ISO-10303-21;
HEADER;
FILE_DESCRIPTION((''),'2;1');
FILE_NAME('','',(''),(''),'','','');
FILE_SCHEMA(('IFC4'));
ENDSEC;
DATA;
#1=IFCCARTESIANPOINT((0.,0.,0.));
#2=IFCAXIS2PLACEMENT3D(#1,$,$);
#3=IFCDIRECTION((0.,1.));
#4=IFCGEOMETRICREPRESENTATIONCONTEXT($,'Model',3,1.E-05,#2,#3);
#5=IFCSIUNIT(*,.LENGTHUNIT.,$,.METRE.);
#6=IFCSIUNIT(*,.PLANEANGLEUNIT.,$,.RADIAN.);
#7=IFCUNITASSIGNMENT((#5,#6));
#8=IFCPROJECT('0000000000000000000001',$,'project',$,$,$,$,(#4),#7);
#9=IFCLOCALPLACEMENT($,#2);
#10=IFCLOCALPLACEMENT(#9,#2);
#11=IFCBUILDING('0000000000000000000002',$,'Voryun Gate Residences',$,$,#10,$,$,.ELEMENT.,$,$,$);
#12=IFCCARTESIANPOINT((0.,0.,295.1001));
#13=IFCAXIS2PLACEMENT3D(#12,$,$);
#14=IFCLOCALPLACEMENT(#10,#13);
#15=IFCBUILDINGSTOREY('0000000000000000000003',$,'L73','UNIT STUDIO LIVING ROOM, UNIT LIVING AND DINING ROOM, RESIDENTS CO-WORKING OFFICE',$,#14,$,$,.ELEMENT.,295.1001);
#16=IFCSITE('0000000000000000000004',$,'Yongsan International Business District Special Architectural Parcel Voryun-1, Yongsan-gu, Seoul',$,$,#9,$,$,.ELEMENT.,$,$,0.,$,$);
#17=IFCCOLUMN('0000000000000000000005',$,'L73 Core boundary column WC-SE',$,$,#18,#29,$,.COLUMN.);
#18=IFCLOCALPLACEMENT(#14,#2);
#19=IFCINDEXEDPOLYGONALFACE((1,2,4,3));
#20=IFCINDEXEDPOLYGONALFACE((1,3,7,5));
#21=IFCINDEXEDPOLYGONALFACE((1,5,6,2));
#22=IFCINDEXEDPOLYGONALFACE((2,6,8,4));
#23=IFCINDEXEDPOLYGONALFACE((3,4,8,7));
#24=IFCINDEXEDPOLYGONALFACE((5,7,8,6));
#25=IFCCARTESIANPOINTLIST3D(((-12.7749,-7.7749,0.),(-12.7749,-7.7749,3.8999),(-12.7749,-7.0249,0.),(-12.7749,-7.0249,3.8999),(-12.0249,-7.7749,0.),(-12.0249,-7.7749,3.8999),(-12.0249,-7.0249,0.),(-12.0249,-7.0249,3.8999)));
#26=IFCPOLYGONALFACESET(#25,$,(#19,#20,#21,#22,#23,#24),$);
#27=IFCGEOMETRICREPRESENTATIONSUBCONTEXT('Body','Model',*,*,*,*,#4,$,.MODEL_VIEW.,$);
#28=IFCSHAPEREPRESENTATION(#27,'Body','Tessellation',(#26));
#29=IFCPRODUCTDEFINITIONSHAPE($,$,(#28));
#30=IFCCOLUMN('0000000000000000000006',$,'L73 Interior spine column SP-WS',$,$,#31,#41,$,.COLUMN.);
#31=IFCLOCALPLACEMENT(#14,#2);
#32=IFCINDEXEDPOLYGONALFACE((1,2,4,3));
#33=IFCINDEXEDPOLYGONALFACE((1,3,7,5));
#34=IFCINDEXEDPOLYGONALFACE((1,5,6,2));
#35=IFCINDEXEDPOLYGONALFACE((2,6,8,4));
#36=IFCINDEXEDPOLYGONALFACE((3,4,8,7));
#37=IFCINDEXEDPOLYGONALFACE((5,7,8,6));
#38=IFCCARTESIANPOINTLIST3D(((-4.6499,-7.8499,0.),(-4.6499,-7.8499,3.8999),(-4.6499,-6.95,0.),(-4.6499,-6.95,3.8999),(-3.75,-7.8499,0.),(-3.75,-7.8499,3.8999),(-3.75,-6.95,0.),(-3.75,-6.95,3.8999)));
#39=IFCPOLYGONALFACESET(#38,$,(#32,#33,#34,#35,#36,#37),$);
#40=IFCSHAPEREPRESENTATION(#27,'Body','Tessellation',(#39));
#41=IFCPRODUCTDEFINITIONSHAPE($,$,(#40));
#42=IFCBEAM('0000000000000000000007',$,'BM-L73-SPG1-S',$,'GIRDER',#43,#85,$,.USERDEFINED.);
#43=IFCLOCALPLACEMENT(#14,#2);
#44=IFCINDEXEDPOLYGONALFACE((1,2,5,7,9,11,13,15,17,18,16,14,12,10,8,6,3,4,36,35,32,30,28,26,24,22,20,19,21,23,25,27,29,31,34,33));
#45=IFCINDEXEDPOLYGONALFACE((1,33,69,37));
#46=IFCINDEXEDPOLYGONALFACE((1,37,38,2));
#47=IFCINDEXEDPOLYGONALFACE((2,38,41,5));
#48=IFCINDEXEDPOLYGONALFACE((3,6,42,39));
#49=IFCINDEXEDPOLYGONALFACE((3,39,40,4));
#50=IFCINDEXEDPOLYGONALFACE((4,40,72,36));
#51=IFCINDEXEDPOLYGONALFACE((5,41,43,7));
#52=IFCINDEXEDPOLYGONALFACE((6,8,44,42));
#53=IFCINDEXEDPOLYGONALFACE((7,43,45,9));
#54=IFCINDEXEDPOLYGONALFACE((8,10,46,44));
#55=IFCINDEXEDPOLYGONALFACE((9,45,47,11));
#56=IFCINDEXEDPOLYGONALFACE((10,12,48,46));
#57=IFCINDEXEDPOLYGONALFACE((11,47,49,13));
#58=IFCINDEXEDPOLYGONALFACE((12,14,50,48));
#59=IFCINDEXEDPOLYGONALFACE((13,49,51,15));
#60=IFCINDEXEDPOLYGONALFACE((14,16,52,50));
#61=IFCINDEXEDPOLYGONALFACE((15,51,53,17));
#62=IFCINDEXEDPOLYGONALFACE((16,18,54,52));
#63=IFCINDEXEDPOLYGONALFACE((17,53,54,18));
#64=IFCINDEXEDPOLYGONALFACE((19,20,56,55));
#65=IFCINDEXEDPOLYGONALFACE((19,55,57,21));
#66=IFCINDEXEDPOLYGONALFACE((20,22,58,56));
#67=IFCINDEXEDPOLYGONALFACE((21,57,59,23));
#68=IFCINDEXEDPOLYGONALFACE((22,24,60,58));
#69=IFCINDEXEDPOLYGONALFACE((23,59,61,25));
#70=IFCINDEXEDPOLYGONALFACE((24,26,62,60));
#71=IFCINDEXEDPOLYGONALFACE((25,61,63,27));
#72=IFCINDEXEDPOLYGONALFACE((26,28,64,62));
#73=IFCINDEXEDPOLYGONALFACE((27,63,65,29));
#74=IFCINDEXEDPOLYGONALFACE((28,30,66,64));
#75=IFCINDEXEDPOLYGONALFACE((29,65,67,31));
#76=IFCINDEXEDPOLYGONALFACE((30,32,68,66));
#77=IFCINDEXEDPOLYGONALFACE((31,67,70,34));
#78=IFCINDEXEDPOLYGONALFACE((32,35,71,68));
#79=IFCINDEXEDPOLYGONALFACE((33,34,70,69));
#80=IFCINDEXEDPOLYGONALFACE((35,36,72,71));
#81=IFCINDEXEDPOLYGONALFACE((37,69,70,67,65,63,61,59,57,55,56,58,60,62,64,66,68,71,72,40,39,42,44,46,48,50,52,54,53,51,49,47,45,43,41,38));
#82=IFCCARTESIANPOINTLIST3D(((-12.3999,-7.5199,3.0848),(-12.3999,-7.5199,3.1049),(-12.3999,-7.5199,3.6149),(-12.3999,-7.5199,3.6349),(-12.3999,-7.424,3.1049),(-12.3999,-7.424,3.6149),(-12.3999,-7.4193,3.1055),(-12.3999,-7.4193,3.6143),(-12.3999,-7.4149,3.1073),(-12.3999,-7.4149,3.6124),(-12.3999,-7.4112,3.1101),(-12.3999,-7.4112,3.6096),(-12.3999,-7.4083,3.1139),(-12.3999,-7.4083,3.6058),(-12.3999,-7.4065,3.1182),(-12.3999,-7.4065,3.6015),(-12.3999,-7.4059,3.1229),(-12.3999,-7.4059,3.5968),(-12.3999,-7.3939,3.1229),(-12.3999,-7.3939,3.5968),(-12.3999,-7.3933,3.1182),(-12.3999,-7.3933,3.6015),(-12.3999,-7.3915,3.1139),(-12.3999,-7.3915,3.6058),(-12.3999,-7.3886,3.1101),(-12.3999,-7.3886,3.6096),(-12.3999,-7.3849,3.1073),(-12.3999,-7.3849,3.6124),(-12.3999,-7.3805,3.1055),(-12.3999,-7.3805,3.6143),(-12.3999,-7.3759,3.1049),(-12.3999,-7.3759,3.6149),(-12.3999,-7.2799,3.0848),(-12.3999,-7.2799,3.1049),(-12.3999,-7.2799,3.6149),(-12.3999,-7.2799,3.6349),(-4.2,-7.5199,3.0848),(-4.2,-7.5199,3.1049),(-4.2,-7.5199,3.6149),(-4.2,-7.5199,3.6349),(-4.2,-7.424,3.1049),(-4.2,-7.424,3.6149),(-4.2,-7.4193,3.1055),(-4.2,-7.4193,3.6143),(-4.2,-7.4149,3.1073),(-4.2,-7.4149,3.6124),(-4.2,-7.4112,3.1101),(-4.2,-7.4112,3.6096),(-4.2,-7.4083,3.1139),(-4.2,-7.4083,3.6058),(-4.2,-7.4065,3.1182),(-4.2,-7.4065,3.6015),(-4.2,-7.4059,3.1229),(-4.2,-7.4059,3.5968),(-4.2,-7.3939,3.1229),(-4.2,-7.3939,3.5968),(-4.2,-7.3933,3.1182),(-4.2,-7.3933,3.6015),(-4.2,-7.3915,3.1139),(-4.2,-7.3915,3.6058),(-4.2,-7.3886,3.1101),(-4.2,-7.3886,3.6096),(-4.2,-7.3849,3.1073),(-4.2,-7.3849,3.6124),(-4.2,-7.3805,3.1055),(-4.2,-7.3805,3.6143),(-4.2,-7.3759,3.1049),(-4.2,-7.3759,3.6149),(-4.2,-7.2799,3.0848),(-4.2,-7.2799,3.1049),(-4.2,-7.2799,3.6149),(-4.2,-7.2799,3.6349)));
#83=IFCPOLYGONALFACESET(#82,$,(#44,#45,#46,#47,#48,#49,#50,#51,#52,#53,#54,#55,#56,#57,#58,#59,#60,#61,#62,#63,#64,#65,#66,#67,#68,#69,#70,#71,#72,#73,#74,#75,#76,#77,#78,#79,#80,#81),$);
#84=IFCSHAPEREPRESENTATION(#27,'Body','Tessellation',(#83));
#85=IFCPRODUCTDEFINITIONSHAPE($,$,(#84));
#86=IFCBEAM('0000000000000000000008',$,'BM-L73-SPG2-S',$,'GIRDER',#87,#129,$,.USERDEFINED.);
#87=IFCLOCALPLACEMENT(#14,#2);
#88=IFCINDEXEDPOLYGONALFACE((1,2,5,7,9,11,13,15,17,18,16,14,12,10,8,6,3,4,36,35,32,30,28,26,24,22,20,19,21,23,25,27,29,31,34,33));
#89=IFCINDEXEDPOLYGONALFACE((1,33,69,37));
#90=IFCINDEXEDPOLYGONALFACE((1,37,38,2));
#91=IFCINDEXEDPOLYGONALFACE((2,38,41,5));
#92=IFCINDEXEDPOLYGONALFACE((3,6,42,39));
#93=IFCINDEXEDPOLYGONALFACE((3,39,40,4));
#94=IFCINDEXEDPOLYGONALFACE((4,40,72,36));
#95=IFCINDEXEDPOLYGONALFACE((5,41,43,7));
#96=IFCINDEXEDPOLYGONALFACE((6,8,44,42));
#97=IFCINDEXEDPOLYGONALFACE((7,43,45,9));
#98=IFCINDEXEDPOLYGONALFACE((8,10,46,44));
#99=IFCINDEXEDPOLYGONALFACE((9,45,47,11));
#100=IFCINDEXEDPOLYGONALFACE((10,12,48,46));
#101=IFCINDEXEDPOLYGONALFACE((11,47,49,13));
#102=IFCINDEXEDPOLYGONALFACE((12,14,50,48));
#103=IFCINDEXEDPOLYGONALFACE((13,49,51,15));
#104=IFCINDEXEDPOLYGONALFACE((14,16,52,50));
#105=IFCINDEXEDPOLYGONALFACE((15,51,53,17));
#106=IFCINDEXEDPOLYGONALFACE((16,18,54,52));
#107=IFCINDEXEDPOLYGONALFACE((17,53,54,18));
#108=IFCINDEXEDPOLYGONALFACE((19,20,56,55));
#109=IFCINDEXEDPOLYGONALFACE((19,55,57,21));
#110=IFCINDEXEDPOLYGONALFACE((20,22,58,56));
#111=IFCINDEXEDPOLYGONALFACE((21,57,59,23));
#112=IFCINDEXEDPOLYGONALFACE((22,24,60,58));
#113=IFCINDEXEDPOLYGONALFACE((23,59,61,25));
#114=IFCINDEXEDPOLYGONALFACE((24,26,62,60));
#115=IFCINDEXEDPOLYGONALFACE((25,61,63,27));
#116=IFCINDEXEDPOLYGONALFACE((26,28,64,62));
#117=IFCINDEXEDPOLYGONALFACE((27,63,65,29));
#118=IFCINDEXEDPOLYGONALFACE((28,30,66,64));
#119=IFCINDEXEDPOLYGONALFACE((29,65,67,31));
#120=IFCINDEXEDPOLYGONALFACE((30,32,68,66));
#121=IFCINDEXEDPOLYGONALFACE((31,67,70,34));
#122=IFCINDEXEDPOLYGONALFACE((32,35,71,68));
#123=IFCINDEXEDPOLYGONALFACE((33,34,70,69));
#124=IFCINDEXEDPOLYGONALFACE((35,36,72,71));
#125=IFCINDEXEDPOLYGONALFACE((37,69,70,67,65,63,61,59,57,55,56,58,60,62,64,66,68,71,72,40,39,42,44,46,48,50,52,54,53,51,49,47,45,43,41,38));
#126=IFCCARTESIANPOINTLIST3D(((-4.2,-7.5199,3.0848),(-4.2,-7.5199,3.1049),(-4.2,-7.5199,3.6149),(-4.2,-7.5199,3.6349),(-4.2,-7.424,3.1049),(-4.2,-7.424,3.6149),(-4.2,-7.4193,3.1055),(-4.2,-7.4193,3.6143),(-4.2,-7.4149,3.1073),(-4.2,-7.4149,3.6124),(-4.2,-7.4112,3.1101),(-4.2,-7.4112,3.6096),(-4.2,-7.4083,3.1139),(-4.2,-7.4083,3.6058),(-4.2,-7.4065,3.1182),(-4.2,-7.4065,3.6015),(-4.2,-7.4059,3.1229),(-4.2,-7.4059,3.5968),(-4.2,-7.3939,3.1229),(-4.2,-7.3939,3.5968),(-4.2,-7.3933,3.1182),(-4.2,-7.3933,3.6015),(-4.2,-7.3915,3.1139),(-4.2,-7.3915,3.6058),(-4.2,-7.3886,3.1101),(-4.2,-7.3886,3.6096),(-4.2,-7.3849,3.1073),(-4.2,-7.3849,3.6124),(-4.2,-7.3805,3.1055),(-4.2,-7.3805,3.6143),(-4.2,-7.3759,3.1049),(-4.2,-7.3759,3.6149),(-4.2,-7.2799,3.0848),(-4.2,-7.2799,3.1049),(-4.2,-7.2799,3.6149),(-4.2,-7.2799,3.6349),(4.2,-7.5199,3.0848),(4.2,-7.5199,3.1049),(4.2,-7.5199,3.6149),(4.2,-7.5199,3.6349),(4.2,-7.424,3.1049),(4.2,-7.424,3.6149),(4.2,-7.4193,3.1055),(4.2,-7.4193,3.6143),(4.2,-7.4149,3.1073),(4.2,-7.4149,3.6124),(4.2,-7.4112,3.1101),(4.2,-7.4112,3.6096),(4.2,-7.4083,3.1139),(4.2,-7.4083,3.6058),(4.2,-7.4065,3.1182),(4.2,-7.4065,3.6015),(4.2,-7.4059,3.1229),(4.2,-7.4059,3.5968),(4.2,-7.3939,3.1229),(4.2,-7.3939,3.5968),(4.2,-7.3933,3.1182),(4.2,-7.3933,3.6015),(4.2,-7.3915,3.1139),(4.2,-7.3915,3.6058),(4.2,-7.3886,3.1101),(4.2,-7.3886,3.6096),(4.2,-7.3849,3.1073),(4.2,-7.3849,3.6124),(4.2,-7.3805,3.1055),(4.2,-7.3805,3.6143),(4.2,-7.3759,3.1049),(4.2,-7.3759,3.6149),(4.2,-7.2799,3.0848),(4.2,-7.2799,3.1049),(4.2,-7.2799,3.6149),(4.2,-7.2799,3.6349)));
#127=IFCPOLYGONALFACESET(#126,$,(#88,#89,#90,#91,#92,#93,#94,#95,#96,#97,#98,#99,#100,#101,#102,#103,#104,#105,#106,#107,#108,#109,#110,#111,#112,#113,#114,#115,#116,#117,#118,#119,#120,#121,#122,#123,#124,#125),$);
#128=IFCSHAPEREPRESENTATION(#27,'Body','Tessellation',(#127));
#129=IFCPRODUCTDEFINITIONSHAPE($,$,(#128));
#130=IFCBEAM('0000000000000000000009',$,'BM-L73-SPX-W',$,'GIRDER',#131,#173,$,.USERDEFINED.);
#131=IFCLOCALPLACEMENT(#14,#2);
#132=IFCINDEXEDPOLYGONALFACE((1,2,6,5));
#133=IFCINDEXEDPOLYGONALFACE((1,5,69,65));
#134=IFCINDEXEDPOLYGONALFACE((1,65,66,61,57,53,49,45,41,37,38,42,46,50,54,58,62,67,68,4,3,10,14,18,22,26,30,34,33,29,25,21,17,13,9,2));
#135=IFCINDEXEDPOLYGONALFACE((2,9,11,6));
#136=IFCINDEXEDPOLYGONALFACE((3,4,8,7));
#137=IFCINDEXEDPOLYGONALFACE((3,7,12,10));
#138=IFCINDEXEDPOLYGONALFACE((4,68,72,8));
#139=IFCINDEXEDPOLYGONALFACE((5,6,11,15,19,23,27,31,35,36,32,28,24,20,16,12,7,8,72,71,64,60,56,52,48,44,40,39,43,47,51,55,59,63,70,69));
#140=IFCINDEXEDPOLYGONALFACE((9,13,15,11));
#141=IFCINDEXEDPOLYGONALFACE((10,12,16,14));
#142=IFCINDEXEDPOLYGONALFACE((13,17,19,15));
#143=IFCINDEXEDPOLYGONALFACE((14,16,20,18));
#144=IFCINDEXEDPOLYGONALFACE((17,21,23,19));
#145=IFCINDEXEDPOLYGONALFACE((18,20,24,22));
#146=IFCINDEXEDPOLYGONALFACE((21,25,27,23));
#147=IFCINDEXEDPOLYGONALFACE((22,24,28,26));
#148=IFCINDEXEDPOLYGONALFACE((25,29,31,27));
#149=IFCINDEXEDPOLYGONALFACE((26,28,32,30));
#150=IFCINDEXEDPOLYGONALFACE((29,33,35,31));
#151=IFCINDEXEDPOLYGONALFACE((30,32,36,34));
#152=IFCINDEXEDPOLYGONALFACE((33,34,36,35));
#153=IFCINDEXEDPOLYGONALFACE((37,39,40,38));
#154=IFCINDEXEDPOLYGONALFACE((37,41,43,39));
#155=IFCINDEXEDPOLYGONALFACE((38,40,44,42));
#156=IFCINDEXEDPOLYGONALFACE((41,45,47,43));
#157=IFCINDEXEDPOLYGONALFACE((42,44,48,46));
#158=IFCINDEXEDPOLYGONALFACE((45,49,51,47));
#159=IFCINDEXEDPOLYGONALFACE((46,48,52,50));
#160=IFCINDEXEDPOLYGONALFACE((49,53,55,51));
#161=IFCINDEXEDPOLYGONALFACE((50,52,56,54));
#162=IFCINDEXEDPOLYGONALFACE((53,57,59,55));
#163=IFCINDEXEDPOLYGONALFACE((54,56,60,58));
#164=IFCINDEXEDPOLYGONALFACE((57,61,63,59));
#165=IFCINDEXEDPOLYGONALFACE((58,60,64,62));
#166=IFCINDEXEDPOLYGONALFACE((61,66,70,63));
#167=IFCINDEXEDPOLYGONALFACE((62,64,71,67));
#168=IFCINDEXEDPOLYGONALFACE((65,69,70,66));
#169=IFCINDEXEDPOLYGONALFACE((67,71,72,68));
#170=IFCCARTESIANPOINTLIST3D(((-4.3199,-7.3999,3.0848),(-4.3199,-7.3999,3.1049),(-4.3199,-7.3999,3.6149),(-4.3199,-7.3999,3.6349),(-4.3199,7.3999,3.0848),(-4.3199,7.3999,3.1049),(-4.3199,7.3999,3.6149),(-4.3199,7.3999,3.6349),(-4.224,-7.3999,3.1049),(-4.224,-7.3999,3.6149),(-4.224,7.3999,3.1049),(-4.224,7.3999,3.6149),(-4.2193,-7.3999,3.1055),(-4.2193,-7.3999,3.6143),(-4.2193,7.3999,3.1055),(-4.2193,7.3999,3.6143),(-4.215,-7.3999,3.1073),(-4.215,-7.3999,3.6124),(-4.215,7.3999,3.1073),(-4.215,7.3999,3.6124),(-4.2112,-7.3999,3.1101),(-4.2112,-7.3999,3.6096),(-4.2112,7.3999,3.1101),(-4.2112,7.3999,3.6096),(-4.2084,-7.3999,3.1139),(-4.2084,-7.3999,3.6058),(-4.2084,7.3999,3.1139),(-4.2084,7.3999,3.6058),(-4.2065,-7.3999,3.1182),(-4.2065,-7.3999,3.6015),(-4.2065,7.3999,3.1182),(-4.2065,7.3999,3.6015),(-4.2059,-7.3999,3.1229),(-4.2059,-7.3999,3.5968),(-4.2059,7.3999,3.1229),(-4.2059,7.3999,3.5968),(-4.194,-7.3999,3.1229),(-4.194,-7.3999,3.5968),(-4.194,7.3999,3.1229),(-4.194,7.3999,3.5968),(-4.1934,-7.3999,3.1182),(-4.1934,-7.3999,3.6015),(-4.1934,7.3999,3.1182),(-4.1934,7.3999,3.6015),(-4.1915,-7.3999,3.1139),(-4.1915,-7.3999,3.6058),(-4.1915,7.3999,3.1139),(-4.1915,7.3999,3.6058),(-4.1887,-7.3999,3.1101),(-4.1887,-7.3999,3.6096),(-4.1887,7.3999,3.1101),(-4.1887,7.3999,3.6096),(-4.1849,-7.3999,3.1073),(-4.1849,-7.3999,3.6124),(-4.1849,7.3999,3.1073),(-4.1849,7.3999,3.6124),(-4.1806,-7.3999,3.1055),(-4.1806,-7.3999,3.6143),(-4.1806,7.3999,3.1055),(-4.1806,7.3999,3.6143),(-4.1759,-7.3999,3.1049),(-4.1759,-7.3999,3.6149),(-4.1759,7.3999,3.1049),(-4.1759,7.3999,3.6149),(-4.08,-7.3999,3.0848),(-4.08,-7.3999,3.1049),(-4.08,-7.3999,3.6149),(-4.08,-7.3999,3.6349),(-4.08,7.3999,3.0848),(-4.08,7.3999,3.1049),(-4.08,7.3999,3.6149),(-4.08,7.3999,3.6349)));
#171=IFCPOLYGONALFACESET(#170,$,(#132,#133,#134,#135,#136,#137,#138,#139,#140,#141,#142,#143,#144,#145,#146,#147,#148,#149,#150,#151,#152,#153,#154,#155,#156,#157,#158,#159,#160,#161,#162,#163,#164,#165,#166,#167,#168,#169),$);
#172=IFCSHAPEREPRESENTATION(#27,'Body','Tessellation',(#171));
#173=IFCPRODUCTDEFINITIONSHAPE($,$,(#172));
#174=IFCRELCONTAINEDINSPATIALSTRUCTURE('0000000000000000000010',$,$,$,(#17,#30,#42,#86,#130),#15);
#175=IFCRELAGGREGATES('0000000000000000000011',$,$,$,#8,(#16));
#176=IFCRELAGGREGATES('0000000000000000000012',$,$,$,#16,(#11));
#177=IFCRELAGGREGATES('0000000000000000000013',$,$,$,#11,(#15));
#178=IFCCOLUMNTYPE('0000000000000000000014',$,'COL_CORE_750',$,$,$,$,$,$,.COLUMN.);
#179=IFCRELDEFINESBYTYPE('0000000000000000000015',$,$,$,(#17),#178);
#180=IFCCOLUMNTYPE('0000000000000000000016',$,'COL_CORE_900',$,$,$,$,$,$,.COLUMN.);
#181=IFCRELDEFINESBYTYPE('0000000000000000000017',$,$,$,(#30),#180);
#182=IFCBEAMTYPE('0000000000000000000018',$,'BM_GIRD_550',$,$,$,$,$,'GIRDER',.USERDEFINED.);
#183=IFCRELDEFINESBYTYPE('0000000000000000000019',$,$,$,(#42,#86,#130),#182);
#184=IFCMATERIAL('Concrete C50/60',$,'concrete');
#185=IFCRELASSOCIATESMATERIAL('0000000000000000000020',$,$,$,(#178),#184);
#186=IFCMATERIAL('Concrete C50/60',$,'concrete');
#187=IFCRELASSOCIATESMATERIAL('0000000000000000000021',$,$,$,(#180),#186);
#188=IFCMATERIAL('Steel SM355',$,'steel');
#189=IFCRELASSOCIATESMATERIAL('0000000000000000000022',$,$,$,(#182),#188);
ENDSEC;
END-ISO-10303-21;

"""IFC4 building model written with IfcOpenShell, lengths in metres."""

from ifc_helpers import new_model, si_unit, direction, frame, origin, origin_2d, place, context, subcontext, project, spatial, rectangle, i_section, extrude, material, material_profile, profile_set, type_object, element, save


model = new_model("IFC4")

# Units and contexts
model_context = context("Model", 3, precision=1e-05, world=origin(), true_north=direction((0.0, 1.0)))
body_context = subcontext(model_context, "Body", "Model", "MODEL_VIEW")
ifc_project = project(units=[si_unit("LENGTHUNIT", "METRE"), si_unit("PLANEANGLEUNIT", "RADIAN")], contexts=[model_context])

# Site, building, storey
site_placement = place(None, origin())
site = spatial("IfcSite", under=ifc_project, at=site_placement, Name="Yongsan International Business District Special Architectural Parcel Voryun-1, Yongsan-gu, Seoul", CompositionType="ELEMENT", RefElevation=0.0)
building_placement = place(site_placement, origin())
building = spatial("IfcBuilding", under=site, at=building_placement, Name="Voryun Gate Residences", CompositionType="ELEMENT")
storey_placement = place(building_placement, frame((0.0, 0.0, 295.1001)))
storey = spatial("IfcBuildingStorey", under=building, at=storey_placement, Name="L73", Description="UNIT STUDIO LIVING ROOM, UNIT LIVING AND DINING ROOM, RESIDENTS CO-WORKING OFFICE", CompositionType="ELEMENT", Elevation=295.1001)

# Columns
ifc_material_1 = material(Name="Concrete C50/60", Category="concrete")
ifc_material_profile_1 = material_profile(ifc_material_1, rectangle(XDim=0.75, YDim=0.75, at=origin_2d()), Name="RC-750x750")
ifc_profile_set_1 = profile_set([ifc_material_profile_1], Name="Concrete C50/60")
column_type_1 = type_object("IfcColumnType", Name="COL_CORE_750", PredefinedType="COLUMN", material=ifc_profile_set_1)
column_1_placement = place(storey_placement, frame((-12.3999, -7.3999, 0.0), z_axis=(0.0, 0.0, 1.0), x_axis=(1.0, 0.0, 0.0)))
element("IfcColumn", 1, at=column_1_placement, inside=storey, type_object=column_type_1, Name="L73 Core boundary column WC-SE", PredefinedType="COLUMN", context=body_context, shape_type="SweptSolid", body=[
    extrude(rectangle(XDim=0.75, YDim=0.75, at=origin_2d()), origin(), (0.0, 0.0, 1.0), 3.8999),
])
ifc_material_2 = material(Name="Concrete C50/60", Category="concrete")
ifc_material_profile_2 = material_profile(ifc_material_2, rectangle(XDim=0.8999, YDim=0.8999, at=origin_2d()), Name="RC-900x900")
ifc_profile_set_2 = profile_set([ifc_material_profile_2], Name="Concrete C50/60")
column_type_2 = type_object("IfcColumnType", Name="COL_CORE_900", PredefinedType="COLUMN", material=ifc_profile_set_2)
column_2_placement = place(storey_placement, frame((-4.2, -7.3999, 0.0), z_axis=(0.0, 0.0, 1.0), x_axis=(1.0, 0.0, 0.0)))
element("IfcColumn", 2, at=column_2_placement, inside=storey, type_object=column_type_2, Name="L73 Interior spine column SP-WS", PredefinedType="COLUMN", context=body_context, shape_type="SweptSolid", body=[
    extrude(rectangle(XDim=0.8999, YDim=0.8999, at=origin_2d()), origin(), (0.0, 0.0, 1.0), 3.8999),
])

# Beams
ifc_material_3 = material(Name="Steel SM355", Category="steel")
ifc_material_profile_3 = material_profile(ifc_material_3, i_section(OverallWidth=0.24, OverallDepth=0.55, WebThickness=0.012, FlangeThickness=0.02, FilletRadius=0.0181, at=origin_2d()), Name="H-550x240x12x20")
ifc_profile_set_3 = profile_set([ifc_material_profile_3], Name="Steel SM355")
beam_type_1 = type_object("IfcBeamType", Name="BM_GIRD_550", ElementType="GIRDER", PredefinedType="USERDEFINED", material=ifc_profile_set_3)
beam_1_placement = place(storey_placement, frame((-12.3999, -7.3999, 3.3599), z_axis=(1.0, 0.0, 0.0), x_axis=(0.0, 1.0, 0.0)))
element("IfcBeam", 3, at=beam_1_placement, inside=storey, type_object=beam_type_1, Name="BM-L73-SPG1-S", ObjectType="GIRDER", PredefinedType="USERDEFINED", context=body_context, shape_type="SweptSolid", body=[
    extrude(i_section(OverallWidth=0.24, OverallDepth=0.55, WebThickness=0.012, FlangeThickness=0.02, FilletRadius=0.0181, at=origin_2d()), origin(), (0.0, 0.0, 1.0), 8.2),
])
beam_2_placement = place(storey_placement, frame((-4.2, -7.3999, 3.3599), z_axis=(1.0, 0.0, 0.0), x_axis=(0.0, 1.0, 0.0)))
element("IfcBeam", 4, at=beam_2_placement, inside=storey, type_object=beam_type_1, Name="BM-L73-SPG2-S", ObjectType="GIRDER", PredefinedType="USERDEFINED", context=body_context, shape_type="SweptSolid", body=[
    extrude(i_section(OverallWidth=0.24, OverallDepth=0.55, WebThickness=0.012, FlangeThickness=0.02, FilletRadius=0.0181, at=origin_2d()), origin(), (0.0, 0.0, 1.0), 8.3999),
])
beam_3_placement = place(storey_placement, frame((-4.2, -7.3999, 3.3599), z_axis=(0.0, 1.0, 0.0), x_axis=(-1.0, 0.0, 0.0)))
element("IfcBeam", 5, at=beam_3_placement, inside=storey, type_object=beam_type_1, Name="BM-L73-SPX-W", ObjectType="GIRDER", PredefinedType="USERDEFINED", context=body_context, shape_type="SweptSolid", body=[
    extrude(i_section(OverallWidth=0.24, OverallDepth=0.55, WebThickness=0.012, FlangeThickness=0.02, FilletRadius=0.0181, at=origin_2d()), origin(), (0.0, 0.0, 1.0), 14.7998),
])

save(model, "model.ifc")
